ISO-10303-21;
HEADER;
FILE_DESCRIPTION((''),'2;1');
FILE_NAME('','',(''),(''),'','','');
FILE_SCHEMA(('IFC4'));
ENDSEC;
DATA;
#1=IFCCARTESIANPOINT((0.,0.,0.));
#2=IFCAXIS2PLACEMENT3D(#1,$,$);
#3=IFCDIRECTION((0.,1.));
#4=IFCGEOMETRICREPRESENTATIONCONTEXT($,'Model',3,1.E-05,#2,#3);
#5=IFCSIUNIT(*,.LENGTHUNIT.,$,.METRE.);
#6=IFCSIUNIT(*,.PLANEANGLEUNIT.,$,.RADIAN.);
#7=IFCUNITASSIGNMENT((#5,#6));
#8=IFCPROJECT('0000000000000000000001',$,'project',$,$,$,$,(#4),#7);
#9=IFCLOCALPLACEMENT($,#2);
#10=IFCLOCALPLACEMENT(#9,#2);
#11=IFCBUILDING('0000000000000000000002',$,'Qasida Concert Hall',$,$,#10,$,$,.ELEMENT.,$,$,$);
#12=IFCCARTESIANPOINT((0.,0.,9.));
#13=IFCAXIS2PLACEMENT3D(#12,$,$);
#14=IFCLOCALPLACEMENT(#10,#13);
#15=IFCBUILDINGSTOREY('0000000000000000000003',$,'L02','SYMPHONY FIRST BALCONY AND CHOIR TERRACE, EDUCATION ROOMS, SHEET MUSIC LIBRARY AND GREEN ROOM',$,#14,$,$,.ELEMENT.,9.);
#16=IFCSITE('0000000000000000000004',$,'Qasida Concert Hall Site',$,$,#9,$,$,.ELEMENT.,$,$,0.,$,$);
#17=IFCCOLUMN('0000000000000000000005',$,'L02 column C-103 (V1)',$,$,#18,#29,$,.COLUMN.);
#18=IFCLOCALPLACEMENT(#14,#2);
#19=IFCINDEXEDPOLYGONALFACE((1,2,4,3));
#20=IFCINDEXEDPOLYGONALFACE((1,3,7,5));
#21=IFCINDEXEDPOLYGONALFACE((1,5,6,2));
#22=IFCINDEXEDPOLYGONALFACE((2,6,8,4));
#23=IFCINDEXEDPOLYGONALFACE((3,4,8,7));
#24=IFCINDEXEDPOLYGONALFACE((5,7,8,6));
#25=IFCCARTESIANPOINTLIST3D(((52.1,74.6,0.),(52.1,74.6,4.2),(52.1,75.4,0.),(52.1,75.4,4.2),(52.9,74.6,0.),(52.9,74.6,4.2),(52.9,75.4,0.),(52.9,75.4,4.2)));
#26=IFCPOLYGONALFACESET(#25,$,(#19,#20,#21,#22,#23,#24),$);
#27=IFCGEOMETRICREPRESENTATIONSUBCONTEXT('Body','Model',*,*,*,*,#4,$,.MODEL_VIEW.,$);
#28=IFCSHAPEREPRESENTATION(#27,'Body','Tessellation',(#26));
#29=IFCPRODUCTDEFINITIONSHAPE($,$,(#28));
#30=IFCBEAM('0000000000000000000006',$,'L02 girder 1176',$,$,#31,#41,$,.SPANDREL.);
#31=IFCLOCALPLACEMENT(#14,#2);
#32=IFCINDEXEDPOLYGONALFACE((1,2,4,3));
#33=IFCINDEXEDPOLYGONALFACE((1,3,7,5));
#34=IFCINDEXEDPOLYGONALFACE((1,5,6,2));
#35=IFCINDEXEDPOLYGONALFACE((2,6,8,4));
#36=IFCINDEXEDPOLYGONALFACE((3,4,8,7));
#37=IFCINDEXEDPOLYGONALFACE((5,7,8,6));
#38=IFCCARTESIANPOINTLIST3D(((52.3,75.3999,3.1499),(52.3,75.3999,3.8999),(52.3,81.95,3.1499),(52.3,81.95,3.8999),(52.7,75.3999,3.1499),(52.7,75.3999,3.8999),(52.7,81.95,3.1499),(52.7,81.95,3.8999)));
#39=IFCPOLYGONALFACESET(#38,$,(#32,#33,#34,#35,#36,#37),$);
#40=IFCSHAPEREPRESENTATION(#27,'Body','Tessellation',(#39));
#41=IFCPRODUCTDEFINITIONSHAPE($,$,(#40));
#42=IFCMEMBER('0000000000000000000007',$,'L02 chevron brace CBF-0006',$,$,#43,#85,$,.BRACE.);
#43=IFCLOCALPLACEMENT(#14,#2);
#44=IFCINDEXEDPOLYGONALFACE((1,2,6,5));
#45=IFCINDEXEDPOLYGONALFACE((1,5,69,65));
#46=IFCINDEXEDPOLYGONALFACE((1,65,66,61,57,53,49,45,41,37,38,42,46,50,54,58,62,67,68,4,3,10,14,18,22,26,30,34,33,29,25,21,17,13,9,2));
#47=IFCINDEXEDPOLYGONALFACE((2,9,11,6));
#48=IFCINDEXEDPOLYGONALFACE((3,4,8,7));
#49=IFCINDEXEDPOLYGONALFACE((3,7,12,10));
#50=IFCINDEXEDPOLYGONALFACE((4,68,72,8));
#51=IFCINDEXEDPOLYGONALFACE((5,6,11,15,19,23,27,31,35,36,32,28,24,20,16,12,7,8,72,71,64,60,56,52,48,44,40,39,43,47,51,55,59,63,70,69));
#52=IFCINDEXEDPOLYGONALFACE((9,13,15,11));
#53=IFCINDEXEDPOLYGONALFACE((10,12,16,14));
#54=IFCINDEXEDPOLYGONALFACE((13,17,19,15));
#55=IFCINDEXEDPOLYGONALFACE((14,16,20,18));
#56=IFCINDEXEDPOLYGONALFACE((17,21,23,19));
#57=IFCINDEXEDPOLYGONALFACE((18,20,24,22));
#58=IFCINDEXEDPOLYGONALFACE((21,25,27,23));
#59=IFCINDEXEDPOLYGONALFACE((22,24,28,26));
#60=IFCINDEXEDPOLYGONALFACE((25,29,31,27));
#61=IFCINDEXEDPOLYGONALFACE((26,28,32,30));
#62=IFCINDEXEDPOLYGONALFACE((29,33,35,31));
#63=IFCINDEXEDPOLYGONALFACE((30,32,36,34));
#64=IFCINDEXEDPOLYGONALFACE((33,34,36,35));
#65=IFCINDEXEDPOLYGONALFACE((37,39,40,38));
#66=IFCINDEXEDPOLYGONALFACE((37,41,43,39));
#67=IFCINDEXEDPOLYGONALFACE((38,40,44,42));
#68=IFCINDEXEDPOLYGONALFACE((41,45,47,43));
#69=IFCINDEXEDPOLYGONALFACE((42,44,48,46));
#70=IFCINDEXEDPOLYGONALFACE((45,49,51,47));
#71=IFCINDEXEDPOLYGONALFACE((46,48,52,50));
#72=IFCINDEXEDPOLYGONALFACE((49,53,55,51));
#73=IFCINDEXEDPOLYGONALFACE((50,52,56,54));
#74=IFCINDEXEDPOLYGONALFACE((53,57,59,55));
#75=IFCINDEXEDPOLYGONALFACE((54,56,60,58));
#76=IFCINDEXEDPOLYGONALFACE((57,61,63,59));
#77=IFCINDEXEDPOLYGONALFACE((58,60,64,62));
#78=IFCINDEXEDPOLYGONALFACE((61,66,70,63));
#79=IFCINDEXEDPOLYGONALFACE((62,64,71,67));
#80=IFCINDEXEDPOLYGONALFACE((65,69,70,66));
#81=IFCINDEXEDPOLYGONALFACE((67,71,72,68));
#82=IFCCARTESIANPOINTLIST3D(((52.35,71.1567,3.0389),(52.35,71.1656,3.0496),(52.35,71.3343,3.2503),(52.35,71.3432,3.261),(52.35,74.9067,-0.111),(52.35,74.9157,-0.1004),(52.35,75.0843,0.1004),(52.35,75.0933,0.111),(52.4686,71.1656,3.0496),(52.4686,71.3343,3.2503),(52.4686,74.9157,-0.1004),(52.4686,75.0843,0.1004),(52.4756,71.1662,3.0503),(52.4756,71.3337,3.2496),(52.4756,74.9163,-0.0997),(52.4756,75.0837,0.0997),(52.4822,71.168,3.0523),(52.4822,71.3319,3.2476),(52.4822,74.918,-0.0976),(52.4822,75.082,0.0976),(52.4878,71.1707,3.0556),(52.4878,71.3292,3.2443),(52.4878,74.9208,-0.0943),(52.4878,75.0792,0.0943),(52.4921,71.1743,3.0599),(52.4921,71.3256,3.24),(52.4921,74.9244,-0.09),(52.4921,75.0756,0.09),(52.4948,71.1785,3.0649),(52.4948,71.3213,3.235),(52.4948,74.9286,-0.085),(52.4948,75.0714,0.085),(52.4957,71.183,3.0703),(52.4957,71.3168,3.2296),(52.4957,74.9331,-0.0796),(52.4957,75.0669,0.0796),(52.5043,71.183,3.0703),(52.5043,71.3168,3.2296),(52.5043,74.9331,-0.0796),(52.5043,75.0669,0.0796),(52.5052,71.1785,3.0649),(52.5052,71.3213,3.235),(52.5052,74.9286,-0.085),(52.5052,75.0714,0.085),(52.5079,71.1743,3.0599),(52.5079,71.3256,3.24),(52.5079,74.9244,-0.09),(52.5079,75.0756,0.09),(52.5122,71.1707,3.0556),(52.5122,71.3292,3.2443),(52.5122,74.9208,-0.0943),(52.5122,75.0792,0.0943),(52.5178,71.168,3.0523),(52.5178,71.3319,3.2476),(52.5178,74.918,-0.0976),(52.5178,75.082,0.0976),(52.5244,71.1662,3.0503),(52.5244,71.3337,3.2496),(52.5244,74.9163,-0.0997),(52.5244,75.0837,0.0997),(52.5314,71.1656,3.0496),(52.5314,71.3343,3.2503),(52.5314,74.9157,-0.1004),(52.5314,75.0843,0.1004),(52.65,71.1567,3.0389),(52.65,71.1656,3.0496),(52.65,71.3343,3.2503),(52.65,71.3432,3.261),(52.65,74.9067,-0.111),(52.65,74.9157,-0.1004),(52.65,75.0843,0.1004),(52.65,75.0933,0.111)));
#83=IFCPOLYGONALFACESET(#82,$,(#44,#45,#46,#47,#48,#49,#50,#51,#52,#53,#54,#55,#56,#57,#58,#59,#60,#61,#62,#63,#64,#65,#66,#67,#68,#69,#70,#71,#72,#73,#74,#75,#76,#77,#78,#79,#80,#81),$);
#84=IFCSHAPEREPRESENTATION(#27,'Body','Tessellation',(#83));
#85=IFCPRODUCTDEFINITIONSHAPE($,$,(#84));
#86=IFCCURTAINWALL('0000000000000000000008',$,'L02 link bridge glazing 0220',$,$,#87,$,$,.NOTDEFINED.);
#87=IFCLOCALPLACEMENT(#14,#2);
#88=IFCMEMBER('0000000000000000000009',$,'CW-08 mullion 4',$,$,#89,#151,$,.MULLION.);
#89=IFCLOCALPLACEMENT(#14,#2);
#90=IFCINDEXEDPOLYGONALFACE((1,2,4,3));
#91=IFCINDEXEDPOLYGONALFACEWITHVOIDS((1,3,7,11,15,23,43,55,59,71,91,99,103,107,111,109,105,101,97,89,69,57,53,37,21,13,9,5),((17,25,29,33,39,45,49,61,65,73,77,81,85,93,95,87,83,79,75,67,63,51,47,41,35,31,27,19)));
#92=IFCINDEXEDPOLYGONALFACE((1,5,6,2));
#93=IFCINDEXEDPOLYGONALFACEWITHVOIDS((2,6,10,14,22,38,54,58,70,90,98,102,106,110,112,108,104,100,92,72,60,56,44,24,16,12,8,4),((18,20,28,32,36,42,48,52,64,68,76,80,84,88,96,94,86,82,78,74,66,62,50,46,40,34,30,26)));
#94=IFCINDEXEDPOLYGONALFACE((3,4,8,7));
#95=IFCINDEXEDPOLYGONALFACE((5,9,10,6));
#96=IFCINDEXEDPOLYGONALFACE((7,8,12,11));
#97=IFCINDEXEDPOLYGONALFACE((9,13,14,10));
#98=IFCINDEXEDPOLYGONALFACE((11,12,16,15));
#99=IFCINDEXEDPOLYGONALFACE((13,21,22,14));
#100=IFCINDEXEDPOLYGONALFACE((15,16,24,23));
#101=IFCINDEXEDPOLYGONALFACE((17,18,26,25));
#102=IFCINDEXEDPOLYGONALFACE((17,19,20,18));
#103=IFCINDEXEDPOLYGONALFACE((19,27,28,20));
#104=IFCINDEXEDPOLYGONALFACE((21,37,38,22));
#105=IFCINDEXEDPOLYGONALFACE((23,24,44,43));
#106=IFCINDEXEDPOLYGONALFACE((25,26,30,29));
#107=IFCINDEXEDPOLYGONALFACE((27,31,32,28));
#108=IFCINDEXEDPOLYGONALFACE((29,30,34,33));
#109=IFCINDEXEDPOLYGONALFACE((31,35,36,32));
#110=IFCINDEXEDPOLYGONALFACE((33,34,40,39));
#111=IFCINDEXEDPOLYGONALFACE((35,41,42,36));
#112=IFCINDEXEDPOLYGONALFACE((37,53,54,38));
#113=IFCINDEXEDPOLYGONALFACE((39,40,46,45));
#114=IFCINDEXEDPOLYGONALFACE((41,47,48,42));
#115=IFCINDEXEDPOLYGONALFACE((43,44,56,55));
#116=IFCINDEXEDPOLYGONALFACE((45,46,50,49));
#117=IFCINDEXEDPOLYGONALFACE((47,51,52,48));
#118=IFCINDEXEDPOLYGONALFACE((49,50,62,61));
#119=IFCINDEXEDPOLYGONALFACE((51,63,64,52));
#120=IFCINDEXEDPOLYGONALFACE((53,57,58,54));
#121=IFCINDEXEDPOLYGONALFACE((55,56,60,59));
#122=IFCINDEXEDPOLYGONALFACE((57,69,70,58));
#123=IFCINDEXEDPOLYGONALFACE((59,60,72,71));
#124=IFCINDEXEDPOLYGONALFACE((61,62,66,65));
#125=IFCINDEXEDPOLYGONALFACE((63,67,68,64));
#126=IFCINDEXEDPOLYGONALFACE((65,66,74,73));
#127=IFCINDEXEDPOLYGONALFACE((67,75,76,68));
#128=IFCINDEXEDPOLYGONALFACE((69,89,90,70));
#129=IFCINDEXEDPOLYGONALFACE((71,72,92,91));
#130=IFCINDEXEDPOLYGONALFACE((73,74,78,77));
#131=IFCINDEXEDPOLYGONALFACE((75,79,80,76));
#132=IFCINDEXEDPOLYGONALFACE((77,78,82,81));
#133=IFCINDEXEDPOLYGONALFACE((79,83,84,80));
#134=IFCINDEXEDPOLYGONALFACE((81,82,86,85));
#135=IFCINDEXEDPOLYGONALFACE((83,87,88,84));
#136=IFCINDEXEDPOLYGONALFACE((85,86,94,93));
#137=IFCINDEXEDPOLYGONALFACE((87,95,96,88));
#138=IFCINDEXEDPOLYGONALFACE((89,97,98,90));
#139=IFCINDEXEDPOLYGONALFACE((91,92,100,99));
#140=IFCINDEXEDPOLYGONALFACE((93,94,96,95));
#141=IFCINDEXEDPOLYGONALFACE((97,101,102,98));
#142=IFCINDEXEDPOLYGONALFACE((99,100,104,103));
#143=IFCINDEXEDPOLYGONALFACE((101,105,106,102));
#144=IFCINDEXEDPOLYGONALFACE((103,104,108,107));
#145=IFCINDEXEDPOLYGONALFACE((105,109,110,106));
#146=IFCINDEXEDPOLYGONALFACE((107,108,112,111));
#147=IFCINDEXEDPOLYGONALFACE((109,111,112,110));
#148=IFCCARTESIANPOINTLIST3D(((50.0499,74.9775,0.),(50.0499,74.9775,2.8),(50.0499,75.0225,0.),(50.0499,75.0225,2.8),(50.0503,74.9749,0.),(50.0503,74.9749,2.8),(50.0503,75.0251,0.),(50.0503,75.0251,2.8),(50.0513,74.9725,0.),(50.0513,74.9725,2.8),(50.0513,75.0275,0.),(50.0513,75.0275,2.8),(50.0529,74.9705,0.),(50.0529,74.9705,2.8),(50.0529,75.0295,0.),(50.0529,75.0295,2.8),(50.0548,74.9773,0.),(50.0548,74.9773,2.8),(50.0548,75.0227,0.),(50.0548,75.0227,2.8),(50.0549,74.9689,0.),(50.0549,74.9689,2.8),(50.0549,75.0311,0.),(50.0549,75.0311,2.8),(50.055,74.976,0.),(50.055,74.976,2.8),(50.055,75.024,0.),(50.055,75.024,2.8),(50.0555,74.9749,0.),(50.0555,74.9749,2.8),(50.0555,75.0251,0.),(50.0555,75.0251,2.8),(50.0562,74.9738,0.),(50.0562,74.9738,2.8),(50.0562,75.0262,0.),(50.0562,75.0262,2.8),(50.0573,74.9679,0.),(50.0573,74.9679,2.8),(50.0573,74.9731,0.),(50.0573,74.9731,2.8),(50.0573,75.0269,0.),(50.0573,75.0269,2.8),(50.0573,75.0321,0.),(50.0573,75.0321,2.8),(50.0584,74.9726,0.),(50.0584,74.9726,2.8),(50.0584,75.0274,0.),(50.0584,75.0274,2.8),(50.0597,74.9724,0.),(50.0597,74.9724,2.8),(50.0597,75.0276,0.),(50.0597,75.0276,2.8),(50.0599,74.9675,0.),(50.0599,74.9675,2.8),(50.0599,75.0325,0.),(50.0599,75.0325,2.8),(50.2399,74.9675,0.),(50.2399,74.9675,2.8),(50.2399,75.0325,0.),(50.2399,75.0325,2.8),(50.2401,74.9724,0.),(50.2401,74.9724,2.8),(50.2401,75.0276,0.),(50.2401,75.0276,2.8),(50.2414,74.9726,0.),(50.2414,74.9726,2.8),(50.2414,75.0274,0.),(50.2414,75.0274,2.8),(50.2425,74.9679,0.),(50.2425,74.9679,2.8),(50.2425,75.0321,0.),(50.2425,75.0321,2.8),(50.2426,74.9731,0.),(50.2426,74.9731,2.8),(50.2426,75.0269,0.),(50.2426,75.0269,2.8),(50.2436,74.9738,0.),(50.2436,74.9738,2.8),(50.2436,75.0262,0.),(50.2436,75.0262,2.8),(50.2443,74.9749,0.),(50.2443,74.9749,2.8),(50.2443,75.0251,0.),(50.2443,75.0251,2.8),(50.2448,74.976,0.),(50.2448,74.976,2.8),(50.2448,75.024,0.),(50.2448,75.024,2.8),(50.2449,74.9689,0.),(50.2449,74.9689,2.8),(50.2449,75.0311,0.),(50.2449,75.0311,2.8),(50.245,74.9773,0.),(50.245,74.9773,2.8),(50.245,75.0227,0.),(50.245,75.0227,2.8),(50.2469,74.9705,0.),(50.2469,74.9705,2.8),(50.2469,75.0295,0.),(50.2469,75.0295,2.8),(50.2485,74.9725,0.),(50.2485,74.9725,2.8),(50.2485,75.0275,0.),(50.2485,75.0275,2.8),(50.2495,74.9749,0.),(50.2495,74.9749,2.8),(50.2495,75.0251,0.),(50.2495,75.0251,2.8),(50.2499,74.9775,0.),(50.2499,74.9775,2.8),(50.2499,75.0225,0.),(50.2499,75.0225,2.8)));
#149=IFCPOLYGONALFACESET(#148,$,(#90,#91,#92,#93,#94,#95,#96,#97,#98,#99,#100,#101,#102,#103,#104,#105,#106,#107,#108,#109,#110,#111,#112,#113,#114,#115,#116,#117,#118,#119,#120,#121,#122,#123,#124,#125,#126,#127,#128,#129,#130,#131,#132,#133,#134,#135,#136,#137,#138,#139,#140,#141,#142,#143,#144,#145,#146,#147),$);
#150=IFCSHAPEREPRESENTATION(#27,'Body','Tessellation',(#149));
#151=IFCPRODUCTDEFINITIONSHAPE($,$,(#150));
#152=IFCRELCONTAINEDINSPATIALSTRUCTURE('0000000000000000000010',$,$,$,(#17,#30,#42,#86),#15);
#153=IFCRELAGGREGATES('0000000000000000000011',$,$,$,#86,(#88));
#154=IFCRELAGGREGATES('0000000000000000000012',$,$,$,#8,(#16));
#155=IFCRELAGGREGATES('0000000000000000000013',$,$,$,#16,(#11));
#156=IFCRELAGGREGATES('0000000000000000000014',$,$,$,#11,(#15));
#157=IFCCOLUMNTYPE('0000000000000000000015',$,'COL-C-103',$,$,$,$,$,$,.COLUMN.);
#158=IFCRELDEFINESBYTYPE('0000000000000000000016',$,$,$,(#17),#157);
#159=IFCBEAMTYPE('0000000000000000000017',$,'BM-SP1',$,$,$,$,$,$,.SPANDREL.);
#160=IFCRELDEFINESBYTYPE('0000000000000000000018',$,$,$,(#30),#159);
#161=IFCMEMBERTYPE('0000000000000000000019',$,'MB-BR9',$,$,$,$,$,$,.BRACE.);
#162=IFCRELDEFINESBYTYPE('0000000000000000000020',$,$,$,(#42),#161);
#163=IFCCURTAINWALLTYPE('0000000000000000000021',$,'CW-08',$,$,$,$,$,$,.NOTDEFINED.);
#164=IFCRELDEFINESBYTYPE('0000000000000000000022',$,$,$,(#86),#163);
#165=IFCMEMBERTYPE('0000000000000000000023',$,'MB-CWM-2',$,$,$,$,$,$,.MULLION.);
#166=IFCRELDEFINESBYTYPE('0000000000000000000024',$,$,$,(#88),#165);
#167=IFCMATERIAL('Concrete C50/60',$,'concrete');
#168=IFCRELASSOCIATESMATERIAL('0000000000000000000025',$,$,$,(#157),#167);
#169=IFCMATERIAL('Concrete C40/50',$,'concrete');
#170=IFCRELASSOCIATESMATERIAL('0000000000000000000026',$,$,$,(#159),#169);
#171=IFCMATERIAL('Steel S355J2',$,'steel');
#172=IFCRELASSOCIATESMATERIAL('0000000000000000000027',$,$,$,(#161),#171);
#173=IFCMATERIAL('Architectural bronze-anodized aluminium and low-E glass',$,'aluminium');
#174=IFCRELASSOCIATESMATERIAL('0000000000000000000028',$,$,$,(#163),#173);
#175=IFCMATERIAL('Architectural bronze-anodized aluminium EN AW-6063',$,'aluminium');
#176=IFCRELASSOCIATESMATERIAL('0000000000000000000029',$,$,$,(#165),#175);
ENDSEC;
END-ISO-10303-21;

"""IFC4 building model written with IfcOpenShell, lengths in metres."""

from ifc_helpers import new_model, si_unit, direction, frame, origin, origin_2d, place, context, subcontext, project, spatial, rectangle, hollow_rectangle, i_section, extrude, material, material_profile, profile_set, type_object, element, aggregate, save


model = new_model("IFC4")

# Units and contexts
model_context = context("Model", 3, precision=1e-05, world=origin(), true_north=direction((0.0, 1.0)))
body_context = subcontext(model_context, "Body", "Model", "MODEL_VIEW")
ifc_project = project(units=[si_unit("LENGTHUNIT", "METRE"), si_unit("PLANEANGLEUNIT", "RADIAN")], contexts=[model_context])

# Site, building, storey
site_placement = place(None, origin())
site = spatial("IfcSite", under=ifc_project, at=site_placement, Name="Qasida Concert Hall Site", CompositionType="ELEMENT", RefElevation=0.0)
building_placement = place(site_placement, origin())
building = spatial("IfcBuilding", under=site, at=building_placement, Name="Qasida Concert Hall", CompositionType="ELEMENT")
storey_placement = place(building_placement, frame((0.0, 0.0, 9.0)))
storey = spatial("IfcBuildingStorey", under=building, at=storey_placement, Name="L02", Description="SYMPHONY FIRST BALCONY AND CHOIR TERRACE, EDUCATION ROOMS, SHEET MUSIC LIBRARY AND GREEN ROOM", CompositionType="ELEMENT", Elevation=9.0)

# Column
ifc_material_1 = material(Name="Concrete C50/60", Category="concrete")
ifc_material_profile_1 = material_profile(ifc_material_1, rectangle(XDim=0.8, YDim=0.8, at=origin_2d()), Name="RC 800x800")
ifc_profile_set_1 = profile_set([ifc_material_profile_1], Name="Concrete C50/60")
column_type = type_object("IfcColumnType", Name="COL-C-103", PredefinedType="COLUMN", material=ifc_profile_set_1)
column_placement = place(storey_placement, frame((52.5, 75.0, 0.0), z_axis=(0.0, 0.0, 1.0), x_axis=(1.0, 0.0, 0.0)))
element("IfcColumn", 1, at=column_placement, inside=storey, type_object=column_type, Name="L02 column C-103 (V1)", PredefinedType="COLUMN", context=body_context, shape_type="SweptSolid", body=[
    extrude(rectangle(XDim=0.8, YDim=0.8, at=origin_2d()), origin(), (0.0, 0.0, 1.0), 4.2),
])

# Beam
ifc_material_2 = material(Name="Concrete C40/50", Category="concrete")
ifc_material_profile_2 = material_profile(ifc_material_2, rectangle(XDim=0.3999, YDim=0.75, at=origin_2d()), Name="RC 400x750")
ifc_profile_set_2 = profile_set([ifc_material_profile_2], Name="Concrete C40/50")
beam_type = type_object("IfcBeamType", Name="BM-SP1", PredefinedType="SPANDREL", material=ifc_profile_set_2)
beam_placement = place(storey_placement, frame((52.5, 75.3999, 3.5249), z_axis=(0.0, 1.0, 0.0), x_axis=(-1.0, 0.0, 0.0)))
element("IfcBeam", 2, at=beam_placement, inside=storey, type_object=beam_type, Name="L02 girder 1176", PredefinedType="SPANDREL", context=body_context, shape_type="SweptSolid", body=[
    extrude(rectangle(XDim=0.3999, YDim=0.75, at=origin_2d()), origin(), (0.0, 0.0, 1.0), 6.55),
])

# Member
ifc_material_3 = material(Name="Steel S355J2", Category="steel")
ifc_material_profile_3 = material_profile(ifc_material_3, i_section(OverallWidth=0.3, OverallDepth=0.29, WebThickness=0.0085, FlangeThickness=0.0139, FilletRadius=0.0271, at=origin_2d()), Name="HEA 300")
ifc_profile_set_3 = profile_set([ifc_material_profile_3], Name="Steel S355J2")
member_type_1 = type_object("IfcMemberType", Name="MB-BR9", PredefinedType="BRACE", material=ifc_profile_set_3)
member_1_placement = place(storey_placement, frame((52.5, 75.0, 0.0), z_axis=(0.0, -0.765715, 0.64318), x_axis=(1.0, 0.0, 0.0)))
element("IfcMember", 3, at=member_1_placement, inside=storey, type_object=member_type_1, Name="L02 chevron brace CBF-0006", PredefinedType="BRACE", context=body_context, shape_type="SweptSolid", body=[
    extrude(i_section(OverallWidth=0.3, OverallDepth=0.29, WebThickness=0.0085, FlangeThickness=0.0139, FilletRadius=0.0271, at=origin_2d()), origin(), (0.0, 0.0, 1.0), 4.8975),
])

# Curtain wall, member
ifc_material_4 = material(Name="Architectural bronze-anodized aluminium and low-E glass", Category="aluminium")
curtain_wall_type = type_object("IfcCurtainWallType", Name="CW-08", PredefinedType="NOTDEFINED", material=ifc_material_4)
curtain_wall_placement = place(storey_placement, origin())
curtain_wall = element("IfcCurtainWall", 4, at=curtain_wall_placement, inside=storey, type_object=curtain_wall_type, Name="L02 link bridge glazing 0220", PredefinedType="NOTDEFINED")
ifc_material_5 = material(Name="Architectural bronze-anodized aluminium EN AW-6063", Category="aluminium")
ifc_material_profile_4 = material_profile(ifc_material_5, hollow_rectangle(XDim=0.0649, YDim=0.2, WallThickness=0.0049, InnerFilletRadius=0.0049, OuterFilletRadius=0.01, at=origin_2d()), Name="CWM 200x65x5")
ifc_profile_set_4 = profile_set([ifc_material_profile_4], Name="Architectural bronze-anodized aluminium EN AW-6063")
member_type_2 = type_object("IfcMemberType", Name="MB-CWM-2", PredefinedType="MULLION", material=ifc_profile_set_4)
member_2_placement = place(storey_placement, frame((50.1499, 75.0, 0.0), z_axis=(0.0, 0.0, 1.0), x_axis=(0.0, 1.0, 0.0)))
member_2 = element("IfcMember", 5, at=member_2_placement, type_object=member_type_2, Name="CW-08 mullion 4", PredefinedType="MULLION", context=body_context, shape_type="SweptSolid", body=[
    extrude(hollow_rectangle(XDim=0.0649, YDim=0.2, WallThickness=0.0049, InnerFilletRadius=0.0049, OuterFilletRadius=0.01, at=origin_2d()), origin(), (0.0, 0.0, 1.0), 2.8),
])
aggregate(curtain_wall, [member_2])

save(model, "model.ifc")
